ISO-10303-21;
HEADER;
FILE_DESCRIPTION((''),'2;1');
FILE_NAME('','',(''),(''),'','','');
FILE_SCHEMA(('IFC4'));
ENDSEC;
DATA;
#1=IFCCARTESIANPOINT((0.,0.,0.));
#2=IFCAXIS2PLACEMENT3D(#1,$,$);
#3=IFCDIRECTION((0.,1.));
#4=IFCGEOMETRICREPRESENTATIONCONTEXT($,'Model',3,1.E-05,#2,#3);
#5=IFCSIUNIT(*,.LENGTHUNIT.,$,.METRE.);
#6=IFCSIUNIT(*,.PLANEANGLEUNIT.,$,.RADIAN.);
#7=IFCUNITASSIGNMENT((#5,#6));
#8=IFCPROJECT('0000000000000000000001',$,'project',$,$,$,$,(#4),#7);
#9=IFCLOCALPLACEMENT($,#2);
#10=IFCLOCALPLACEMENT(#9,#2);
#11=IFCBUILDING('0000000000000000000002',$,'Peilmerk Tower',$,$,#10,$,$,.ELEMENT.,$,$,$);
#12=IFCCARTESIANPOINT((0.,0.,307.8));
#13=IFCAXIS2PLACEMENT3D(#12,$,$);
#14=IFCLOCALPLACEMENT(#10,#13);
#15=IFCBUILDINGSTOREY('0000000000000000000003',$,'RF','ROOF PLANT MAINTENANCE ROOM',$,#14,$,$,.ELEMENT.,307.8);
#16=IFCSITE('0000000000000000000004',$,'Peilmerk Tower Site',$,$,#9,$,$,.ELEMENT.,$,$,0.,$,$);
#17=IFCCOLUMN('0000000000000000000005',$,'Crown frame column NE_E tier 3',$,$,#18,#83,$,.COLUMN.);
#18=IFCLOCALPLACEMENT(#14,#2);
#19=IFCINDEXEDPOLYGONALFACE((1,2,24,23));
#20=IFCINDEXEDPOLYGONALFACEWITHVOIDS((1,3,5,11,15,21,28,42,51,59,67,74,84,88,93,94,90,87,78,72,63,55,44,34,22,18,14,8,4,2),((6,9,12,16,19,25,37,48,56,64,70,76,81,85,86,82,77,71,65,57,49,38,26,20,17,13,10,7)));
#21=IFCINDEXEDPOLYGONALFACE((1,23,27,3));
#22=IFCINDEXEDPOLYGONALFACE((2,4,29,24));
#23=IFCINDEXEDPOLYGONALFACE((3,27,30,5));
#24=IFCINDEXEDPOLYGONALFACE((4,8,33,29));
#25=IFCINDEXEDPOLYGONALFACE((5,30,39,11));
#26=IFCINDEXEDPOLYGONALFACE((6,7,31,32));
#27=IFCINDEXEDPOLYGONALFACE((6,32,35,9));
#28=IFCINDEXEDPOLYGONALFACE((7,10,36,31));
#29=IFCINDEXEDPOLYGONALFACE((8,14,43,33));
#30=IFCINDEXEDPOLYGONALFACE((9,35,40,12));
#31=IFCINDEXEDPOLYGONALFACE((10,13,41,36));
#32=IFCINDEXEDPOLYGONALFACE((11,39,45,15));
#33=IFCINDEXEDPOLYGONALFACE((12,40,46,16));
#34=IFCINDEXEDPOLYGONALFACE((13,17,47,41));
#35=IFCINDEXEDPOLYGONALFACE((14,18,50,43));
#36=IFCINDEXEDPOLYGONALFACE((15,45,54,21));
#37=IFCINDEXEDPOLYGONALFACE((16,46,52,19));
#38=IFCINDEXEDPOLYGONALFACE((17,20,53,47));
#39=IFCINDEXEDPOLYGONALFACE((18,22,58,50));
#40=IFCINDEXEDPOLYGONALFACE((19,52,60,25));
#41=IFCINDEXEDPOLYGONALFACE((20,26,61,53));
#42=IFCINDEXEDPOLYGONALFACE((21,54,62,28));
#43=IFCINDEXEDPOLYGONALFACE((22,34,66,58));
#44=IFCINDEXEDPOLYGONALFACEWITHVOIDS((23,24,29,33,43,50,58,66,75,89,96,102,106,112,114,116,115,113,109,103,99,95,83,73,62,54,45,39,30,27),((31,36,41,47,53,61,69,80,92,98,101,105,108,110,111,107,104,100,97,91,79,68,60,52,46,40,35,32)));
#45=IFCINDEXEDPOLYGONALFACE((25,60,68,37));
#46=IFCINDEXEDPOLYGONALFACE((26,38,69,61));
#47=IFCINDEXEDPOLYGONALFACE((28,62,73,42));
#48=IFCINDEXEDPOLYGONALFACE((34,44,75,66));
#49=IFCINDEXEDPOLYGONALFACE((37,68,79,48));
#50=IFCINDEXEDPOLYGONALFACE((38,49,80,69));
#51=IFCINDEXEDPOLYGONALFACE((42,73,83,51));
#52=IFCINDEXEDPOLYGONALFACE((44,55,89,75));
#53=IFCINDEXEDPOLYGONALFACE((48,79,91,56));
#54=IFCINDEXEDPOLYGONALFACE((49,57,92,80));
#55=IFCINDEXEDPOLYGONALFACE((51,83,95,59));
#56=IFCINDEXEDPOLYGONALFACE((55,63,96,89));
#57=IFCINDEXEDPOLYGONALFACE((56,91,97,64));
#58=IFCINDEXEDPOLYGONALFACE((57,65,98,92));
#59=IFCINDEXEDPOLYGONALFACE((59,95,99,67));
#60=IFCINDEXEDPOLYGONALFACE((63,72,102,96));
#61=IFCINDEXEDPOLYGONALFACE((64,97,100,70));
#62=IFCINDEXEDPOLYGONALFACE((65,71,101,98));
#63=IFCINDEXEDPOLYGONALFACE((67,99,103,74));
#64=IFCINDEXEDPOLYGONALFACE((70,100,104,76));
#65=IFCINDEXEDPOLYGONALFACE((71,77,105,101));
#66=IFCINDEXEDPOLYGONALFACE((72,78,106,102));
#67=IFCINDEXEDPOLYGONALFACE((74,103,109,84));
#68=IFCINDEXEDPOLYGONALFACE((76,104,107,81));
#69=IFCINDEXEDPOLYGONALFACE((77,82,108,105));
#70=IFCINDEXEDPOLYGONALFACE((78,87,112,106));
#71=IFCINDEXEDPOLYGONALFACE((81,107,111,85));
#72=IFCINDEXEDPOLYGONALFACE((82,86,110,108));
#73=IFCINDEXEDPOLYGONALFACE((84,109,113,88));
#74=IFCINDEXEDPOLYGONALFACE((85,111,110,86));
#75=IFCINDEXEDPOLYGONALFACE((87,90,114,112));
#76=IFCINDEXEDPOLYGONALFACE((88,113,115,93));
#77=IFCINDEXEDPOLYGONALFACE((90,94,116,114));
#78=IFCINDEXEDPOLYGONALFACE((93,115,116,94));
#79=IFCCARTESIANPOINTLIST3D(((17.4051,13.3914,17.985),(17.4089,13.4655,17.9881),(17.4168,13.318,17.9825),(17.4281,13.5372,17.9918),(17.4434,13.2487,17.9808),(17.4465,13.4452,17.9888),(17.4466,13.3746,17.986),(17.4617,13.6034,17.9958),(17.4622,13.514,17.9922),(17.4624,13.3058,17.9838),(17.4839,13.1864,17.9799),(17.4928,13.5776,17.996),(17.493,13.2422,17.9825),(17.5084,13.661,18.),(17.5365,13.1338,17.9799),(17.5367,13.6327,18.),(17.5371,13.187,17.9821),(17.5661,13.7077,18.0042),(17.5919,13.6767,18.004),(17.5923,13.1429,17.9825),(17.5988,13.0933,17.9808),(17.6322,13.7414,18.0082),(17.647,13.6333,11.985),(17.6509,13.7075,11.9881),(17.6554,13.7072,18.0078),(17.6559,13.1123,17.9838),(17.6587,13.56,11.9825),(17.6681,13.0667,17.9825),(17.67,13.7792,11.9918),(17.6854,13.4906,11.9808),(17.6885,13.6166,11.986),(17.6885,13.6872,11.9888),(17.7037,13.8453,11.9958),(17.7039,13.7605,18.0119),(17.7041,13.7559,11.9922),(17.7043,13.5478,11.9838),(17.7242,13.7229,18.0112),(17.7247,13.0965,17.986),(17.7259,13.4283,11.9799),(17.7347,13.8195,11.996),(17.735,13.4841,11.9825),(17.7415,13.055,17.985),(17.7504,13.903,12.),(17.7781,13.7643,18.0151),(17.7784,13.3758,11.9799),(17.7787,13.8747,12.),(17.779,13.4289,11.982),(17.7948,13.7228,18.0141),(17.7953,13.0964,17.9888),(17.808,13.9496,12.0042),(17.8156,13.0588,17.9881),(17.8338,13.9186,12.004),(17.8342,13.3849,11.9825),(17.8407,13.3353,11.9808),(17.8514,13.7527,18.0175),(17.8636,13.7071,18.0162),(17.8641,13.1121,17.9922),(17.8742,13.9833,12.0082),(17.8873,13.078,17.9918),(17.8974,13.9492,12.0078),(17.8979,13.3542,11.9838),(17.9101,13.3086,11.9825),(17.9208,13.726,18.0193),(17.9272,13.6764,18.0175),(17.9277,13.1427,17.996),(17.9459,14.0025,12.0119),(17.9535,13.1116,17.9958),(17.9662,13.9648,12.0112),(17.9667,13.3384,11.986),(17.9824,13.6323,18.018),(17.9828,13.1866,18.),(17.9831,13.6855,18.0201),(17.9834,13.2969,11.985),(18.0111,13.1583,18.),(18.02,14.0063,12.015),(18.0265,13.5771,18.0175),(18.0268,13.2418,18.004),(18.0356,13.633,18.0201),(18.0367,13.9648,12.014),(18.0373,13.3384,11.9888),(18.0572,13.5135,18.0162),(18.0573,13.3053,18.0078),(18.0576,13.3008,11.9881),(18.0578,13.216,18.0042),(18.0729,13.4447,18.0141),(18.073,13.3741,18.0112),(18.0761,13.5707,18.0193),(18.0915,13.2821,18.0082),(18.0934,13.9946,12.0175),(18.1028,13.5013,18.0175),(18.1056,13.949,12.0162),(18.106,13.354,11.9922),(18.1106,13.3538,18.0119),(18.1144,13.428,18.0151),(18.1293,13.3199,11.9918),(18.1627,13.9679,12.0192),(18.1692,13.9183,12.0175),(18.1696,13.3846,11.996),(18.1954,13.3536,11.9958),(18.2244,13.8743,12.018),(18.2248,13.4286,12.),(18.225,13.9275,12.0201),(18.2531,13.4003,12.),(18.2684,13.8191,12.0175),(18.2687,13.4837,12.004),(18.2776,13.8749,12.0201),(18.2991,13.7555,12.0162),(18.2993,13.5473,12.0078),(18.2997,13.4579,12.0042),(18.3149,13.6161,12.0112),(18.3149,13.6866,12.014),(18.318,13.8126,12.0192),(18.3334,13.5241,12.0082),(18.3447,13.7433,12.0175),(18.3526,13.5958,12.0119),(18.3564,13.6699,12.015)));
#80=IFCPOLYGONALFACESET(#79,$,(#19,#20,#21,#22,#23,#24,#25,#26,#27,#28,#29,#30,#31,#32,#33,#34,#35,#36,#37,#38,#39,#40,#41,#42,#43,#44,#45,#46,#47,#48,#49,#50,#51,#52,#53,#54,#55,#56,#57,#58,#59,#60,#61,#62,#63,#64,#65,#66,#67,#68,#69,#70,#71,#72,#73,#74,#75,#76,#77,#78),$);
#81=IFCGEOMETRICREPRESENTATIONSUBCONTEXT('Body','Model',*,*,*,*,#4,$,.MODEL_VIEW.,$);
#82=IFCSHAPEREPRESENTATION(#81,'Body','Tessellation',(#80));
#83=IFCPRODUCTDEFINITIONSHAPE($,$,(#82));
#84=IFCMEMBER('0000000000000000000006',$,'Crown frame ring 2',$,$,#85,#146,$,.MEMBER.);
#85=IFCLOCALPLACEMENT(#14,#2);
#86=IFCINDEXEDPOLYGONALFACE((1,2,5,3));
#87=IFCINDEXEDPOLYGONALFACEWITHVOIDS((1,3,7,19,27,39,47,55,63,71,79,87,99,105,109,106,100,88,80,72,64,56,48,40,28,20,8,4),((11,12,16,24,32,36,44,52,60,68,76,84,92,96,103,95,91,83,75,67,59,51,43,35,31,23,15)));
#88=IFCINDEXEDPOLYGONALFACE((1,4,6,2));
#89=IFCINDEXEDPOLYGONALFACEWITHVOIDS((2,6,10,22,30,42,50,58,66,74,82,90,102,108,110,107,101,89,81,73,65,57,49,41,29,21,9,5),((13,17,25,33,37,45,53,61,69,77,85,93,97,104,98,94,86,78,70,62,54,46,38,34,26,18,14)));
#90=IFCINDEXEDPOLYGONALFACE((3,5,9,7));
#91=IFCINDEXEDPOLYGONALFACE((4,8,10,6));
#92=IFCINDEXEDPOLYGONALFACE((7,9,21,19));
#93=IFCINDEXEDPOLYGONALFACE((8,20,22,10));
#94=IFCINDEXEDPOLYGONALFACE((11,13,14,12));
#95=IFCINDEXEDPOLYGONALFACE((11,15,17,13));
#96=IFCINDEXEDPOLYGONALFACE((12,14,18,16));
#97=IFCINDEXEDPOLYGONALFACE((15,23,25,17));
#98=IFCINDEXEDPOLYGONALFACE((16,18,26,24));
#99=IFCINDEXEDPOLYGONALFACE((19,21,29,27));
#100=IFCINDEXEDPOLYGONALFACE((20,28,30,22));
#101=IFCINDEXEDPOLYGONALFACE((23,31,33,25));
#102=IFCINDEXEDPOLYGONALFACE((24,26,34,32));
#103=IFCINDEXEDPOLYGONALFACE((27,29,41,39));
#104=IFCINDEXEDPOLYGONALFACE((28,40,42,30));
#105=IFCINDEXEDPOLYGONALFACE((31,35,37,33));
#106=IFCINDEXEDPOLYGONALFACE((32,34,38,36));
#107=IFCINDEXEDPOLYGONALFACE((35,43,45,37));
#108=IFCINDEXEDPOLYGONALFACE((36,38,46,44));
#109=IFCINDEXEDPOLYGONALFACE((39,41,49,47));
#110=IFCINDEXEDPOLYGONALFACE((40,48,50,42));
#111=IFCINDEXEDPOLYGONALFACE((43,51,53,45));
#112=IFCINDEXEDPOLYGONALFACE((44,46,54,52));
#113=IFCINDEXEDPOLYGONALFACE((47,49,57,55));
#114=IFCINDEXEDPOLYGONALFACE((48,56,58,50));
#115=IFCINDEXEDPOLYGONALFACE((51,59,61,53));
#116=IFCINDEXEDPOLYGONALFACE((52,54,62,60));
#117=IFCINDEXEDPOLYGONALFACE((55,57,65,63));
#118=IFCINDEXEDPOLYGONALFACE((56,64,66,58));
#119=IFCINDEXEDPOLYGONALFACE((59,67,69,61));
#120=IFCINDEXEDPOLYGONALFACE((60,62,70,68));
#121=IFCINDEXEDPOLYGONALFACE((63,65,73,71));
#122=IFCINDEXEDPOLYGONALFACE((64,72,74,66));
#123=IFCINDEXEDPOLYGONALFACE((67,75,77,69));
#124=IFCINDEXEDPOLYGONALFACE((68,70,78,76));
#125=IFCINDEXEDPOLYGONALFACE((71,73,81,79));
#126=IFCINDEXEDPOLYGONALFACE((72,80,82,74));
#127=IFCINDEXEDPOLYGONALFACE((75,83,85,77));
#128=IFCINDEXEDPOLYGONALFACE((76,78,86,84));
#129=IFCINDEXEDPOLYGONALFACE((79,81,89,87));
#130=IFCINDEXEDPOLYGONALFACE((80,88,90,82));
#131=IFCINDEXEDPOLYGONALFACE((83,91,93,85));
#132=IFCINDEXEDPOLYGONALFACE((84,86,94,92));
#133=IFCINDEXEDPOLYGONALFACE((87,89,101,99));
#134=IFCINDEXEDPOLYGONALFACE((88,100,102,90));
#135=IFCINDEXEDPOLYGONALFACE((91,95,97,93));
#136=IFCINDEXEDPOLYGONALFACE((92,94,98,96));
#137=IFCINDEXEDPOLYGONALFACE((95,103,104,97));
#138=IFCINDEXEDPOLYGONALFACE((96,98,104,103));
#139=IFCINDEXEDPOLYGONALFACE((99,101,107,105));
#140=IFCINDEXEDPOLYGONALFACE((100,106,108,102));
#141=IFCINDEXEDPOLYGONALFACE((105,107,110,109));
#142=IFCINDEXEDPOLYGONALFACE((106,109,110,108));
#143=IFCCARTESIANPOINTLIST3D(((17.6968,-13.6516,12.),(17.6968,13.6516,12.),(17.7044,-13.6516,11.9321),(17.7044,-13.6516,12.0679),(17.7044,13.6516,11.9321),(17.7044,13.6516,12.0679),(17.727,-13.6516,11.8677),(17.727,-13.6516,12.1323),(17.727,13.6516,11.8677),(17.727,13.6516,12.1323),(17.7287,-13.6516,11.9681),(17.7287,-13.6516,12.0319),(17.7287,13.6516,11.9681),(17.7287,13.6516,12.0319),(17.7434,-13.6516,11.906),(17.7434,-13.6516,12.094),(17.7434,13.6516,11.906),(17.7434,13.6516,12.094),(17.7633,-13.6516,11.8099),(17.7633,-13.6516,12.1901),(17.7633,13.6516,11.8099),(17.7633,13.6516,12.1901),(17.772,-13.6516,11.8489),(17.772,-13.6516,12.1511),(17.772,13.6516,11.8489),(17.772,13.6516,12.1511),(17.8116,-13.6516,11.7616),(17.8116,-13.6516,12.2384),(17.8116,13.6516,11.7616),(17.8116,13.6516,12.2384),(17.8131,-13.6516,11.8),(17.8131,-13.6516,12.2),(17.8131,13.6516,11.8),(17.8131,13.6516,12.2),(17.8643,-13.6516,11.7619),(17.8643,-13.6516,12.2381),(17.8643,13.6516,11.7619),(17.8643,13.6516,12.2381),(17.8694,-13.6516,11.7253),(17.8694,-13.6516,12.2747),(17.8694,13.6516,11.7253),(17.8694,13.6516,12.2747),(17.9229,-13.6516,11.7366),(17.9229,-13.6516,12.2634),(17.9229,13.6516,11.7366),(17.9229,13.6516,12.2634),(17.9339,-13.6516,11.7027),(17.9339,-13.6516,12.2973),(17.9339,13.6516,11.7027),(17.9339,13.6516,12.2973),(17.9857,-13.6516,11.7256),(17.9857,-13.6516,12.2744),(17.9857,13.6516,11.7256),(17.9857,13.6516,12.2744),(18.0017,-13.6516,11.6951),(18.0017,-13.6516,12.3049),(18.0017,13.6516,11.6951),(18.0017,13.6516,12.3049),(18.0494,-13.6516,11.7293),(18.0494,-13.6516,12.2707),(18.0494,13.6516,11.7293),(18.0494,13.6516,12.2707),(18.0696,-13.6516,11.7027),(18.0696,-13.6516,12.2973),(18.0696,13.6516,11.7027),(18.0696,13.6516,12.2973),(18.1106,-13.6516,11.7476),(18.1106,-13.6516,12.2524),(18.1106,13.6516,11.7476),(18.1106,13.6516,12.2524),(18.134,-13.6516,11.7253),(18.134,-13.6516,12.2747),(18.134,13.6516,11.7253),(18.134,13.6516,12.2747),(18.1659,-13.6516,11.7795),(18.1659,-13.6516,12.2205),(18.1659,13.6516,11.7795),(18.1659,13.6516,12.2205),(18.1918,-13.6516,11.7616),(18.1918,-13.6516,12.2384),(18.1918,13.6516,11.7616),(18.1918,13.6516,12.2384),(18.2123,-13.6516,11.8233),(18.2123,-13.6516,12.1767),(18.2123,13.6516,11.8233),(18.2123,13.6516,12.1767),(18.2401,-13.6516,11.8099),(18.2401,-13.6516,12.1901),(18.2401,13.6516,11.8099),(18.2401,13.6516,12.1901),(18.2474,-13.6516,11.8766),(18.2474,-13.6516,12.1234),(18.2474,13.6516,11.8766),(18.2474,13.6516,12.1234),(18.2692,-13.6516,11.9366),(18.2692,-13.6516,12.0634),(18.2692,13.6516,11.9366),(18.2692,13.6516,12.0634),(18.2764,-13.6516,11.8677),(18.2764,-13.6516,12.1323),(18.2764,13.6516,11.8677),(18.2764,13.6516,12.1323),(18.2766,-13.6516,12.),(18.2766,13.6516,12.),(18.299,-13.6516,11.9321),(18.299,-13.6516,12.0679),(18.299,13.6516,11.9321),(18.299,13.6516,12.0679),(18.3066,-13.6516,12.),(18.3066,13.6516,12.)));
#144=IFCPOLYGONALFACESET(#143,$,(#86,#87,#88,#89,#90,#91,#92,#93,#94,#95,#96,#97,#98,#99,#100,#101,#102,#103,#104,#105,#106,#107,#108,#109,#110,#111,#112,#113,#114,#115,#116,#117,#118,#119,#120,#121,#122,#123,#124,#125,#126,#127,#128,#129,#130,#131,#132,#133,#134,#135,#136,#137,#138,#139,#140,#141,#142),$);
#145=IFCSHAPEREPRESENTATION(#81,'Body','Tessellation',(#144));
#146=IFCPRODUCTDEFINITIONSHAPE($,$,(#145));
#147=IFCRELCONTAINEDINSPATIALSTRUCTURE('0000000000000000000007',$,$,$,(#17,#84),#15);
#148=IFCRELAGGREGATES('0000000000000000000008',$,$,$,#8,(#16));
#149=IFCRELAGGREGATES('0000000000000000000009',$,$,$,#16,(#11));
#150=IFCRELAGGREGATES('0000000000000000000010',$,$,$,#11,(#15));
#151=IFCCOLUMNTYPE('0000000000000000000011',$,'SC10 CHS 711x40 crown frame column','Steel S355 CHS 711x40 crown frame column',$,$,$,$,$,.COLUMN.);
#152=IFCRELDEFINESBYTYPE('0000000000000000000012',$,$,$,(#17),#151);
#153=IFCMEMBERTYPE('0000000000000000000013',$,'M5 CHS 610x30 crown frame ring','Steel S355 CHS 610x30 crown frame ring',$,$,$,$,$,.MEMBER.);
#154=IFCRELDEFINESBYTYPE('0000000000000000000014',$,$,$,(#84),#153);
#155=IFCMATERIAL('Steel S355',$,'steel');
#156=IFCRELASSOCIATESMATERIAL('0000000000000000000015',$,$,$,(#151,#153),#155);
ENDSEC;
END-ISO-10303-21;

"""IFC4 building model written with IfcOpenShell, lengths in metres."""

from ifc_helpers import new_model, si_unit, direction, frame, origin, origin_2d, place, context, subcontext, project, spatial, hollow_circle, extrude, material, material_profile, profile_set, type_object, element, save


model = new_model("IFC4")

# Units and contexts
model_context = context("Model", 3, precision=1e-05, world=origin(), true_north=direction((0.0, 1.0)))
body_context = subcontext(model_context, "Body", "Model", "MODEL_VIEW")
ifc_project = project(units=[si_unit("LENGTHUNIT", "METRE"), si_unit("PLANEANGLEUNIT", "RADIAN")], contexts=[model_context])

# Site, building, storey
site_placement = place(None, origin())
site = spatial("IfcSite", under=ifc_project, at=site_placement, Name="Peilmerk Tower Site", CompositionType="ELEMENT", RefElevation=0.0)
building_placement = place(site_placement, origin())
building = spatial("IfcBuilding", under=site, at=building_placement, Name="Peilmerk Tower", CompositionType="ELEMENT")
storey_placement = place(building_placement, frame((0.0, 0.0, 307.8)))
storey = spatial("IfcBuildingStorey", under=building, at=storey_placement, Name="RF", Description="ROOF PLANT MAINTENANCE ROOM", CompositionType="ELEMENT", Elevation=307.8)

# Column
ifc_material_1 = material(Name="Steel S355", Category="steel")
ifc_material_profile_1 = material_profile(ifc_material_1, hollow_circle(Radius=0.3555, WallThickness=0.04, at=origin_2d()), Name="CHS 711x40")
ifc_profile_set_1 = profile_set([ifc_material_profile_1], Name="Steel S355")
column_type = type_object("IfcColumnType", Name="SC10 CHS 711x40 crown frame column", Description="Steel S355 CHS 711x40 crown frame column", PredefinedType="COLUMN", material=ifc_profile_set_1)
column_placement = place(storey_placement, frame((18.0017, 13.6516, 12.0), z_axis=(-0.040258, -0.040258, 0.998378), x_axis=(0.707107, -0.707107, 0.0)))
element("IfcColumn", 1, at=column_placement, inside=storey, type_object=column_type, Name="Crown frame column NE_E tier 3", PredefinedType="COLUMN", context=body_context, shape_type="SweptSolid", body=[
    extrude(hollow_circle(Radius=0.3555, WallThickness=0.04, at=origin_2d()), origin(), (0.0, 0.0, 1.0), 6.0098),
])

# Member
ifc_material_profile_2 = material_profile(ifc_material_1, hollow_circle(Radius=0.3049, WallThickness=0.03, at=origin_2d()), Name="CHS 610x30")
ifc_profile_set_2 = profile_set([ifc_material_profile_2], Name="Steel S355")
member_type_1 = type_object("IfcMemberType", Name="M5 CHS 610x30 crown frame ring", Description="Steel S355 CHS 610x30 crown frame ring", PredefinedType="MEMBER", material=ifc_profile_set_2)
member_1_placement = place(storey_placement, frame((18.0017, 13.6516, 12.0), z_axis=(0.0, -1.0, 0.0), x_axis=(1.0, 0.0, 0.0)))
element("IfcMember", 2, at=member_1_placement, inside=storey, type_object=member_type_1, Name="Crown frame ring 2", PredefinedType="MEMBER", context=body_context, shape_type="SweptSolid", body=[
    extrude(hollow_circle(Radius=0.3049, WallThickness=0.03, at=origin_2d()), origin(), (0.0, 0.0, 1.0), 27.3032),
])

save(model, "model.ifc")
